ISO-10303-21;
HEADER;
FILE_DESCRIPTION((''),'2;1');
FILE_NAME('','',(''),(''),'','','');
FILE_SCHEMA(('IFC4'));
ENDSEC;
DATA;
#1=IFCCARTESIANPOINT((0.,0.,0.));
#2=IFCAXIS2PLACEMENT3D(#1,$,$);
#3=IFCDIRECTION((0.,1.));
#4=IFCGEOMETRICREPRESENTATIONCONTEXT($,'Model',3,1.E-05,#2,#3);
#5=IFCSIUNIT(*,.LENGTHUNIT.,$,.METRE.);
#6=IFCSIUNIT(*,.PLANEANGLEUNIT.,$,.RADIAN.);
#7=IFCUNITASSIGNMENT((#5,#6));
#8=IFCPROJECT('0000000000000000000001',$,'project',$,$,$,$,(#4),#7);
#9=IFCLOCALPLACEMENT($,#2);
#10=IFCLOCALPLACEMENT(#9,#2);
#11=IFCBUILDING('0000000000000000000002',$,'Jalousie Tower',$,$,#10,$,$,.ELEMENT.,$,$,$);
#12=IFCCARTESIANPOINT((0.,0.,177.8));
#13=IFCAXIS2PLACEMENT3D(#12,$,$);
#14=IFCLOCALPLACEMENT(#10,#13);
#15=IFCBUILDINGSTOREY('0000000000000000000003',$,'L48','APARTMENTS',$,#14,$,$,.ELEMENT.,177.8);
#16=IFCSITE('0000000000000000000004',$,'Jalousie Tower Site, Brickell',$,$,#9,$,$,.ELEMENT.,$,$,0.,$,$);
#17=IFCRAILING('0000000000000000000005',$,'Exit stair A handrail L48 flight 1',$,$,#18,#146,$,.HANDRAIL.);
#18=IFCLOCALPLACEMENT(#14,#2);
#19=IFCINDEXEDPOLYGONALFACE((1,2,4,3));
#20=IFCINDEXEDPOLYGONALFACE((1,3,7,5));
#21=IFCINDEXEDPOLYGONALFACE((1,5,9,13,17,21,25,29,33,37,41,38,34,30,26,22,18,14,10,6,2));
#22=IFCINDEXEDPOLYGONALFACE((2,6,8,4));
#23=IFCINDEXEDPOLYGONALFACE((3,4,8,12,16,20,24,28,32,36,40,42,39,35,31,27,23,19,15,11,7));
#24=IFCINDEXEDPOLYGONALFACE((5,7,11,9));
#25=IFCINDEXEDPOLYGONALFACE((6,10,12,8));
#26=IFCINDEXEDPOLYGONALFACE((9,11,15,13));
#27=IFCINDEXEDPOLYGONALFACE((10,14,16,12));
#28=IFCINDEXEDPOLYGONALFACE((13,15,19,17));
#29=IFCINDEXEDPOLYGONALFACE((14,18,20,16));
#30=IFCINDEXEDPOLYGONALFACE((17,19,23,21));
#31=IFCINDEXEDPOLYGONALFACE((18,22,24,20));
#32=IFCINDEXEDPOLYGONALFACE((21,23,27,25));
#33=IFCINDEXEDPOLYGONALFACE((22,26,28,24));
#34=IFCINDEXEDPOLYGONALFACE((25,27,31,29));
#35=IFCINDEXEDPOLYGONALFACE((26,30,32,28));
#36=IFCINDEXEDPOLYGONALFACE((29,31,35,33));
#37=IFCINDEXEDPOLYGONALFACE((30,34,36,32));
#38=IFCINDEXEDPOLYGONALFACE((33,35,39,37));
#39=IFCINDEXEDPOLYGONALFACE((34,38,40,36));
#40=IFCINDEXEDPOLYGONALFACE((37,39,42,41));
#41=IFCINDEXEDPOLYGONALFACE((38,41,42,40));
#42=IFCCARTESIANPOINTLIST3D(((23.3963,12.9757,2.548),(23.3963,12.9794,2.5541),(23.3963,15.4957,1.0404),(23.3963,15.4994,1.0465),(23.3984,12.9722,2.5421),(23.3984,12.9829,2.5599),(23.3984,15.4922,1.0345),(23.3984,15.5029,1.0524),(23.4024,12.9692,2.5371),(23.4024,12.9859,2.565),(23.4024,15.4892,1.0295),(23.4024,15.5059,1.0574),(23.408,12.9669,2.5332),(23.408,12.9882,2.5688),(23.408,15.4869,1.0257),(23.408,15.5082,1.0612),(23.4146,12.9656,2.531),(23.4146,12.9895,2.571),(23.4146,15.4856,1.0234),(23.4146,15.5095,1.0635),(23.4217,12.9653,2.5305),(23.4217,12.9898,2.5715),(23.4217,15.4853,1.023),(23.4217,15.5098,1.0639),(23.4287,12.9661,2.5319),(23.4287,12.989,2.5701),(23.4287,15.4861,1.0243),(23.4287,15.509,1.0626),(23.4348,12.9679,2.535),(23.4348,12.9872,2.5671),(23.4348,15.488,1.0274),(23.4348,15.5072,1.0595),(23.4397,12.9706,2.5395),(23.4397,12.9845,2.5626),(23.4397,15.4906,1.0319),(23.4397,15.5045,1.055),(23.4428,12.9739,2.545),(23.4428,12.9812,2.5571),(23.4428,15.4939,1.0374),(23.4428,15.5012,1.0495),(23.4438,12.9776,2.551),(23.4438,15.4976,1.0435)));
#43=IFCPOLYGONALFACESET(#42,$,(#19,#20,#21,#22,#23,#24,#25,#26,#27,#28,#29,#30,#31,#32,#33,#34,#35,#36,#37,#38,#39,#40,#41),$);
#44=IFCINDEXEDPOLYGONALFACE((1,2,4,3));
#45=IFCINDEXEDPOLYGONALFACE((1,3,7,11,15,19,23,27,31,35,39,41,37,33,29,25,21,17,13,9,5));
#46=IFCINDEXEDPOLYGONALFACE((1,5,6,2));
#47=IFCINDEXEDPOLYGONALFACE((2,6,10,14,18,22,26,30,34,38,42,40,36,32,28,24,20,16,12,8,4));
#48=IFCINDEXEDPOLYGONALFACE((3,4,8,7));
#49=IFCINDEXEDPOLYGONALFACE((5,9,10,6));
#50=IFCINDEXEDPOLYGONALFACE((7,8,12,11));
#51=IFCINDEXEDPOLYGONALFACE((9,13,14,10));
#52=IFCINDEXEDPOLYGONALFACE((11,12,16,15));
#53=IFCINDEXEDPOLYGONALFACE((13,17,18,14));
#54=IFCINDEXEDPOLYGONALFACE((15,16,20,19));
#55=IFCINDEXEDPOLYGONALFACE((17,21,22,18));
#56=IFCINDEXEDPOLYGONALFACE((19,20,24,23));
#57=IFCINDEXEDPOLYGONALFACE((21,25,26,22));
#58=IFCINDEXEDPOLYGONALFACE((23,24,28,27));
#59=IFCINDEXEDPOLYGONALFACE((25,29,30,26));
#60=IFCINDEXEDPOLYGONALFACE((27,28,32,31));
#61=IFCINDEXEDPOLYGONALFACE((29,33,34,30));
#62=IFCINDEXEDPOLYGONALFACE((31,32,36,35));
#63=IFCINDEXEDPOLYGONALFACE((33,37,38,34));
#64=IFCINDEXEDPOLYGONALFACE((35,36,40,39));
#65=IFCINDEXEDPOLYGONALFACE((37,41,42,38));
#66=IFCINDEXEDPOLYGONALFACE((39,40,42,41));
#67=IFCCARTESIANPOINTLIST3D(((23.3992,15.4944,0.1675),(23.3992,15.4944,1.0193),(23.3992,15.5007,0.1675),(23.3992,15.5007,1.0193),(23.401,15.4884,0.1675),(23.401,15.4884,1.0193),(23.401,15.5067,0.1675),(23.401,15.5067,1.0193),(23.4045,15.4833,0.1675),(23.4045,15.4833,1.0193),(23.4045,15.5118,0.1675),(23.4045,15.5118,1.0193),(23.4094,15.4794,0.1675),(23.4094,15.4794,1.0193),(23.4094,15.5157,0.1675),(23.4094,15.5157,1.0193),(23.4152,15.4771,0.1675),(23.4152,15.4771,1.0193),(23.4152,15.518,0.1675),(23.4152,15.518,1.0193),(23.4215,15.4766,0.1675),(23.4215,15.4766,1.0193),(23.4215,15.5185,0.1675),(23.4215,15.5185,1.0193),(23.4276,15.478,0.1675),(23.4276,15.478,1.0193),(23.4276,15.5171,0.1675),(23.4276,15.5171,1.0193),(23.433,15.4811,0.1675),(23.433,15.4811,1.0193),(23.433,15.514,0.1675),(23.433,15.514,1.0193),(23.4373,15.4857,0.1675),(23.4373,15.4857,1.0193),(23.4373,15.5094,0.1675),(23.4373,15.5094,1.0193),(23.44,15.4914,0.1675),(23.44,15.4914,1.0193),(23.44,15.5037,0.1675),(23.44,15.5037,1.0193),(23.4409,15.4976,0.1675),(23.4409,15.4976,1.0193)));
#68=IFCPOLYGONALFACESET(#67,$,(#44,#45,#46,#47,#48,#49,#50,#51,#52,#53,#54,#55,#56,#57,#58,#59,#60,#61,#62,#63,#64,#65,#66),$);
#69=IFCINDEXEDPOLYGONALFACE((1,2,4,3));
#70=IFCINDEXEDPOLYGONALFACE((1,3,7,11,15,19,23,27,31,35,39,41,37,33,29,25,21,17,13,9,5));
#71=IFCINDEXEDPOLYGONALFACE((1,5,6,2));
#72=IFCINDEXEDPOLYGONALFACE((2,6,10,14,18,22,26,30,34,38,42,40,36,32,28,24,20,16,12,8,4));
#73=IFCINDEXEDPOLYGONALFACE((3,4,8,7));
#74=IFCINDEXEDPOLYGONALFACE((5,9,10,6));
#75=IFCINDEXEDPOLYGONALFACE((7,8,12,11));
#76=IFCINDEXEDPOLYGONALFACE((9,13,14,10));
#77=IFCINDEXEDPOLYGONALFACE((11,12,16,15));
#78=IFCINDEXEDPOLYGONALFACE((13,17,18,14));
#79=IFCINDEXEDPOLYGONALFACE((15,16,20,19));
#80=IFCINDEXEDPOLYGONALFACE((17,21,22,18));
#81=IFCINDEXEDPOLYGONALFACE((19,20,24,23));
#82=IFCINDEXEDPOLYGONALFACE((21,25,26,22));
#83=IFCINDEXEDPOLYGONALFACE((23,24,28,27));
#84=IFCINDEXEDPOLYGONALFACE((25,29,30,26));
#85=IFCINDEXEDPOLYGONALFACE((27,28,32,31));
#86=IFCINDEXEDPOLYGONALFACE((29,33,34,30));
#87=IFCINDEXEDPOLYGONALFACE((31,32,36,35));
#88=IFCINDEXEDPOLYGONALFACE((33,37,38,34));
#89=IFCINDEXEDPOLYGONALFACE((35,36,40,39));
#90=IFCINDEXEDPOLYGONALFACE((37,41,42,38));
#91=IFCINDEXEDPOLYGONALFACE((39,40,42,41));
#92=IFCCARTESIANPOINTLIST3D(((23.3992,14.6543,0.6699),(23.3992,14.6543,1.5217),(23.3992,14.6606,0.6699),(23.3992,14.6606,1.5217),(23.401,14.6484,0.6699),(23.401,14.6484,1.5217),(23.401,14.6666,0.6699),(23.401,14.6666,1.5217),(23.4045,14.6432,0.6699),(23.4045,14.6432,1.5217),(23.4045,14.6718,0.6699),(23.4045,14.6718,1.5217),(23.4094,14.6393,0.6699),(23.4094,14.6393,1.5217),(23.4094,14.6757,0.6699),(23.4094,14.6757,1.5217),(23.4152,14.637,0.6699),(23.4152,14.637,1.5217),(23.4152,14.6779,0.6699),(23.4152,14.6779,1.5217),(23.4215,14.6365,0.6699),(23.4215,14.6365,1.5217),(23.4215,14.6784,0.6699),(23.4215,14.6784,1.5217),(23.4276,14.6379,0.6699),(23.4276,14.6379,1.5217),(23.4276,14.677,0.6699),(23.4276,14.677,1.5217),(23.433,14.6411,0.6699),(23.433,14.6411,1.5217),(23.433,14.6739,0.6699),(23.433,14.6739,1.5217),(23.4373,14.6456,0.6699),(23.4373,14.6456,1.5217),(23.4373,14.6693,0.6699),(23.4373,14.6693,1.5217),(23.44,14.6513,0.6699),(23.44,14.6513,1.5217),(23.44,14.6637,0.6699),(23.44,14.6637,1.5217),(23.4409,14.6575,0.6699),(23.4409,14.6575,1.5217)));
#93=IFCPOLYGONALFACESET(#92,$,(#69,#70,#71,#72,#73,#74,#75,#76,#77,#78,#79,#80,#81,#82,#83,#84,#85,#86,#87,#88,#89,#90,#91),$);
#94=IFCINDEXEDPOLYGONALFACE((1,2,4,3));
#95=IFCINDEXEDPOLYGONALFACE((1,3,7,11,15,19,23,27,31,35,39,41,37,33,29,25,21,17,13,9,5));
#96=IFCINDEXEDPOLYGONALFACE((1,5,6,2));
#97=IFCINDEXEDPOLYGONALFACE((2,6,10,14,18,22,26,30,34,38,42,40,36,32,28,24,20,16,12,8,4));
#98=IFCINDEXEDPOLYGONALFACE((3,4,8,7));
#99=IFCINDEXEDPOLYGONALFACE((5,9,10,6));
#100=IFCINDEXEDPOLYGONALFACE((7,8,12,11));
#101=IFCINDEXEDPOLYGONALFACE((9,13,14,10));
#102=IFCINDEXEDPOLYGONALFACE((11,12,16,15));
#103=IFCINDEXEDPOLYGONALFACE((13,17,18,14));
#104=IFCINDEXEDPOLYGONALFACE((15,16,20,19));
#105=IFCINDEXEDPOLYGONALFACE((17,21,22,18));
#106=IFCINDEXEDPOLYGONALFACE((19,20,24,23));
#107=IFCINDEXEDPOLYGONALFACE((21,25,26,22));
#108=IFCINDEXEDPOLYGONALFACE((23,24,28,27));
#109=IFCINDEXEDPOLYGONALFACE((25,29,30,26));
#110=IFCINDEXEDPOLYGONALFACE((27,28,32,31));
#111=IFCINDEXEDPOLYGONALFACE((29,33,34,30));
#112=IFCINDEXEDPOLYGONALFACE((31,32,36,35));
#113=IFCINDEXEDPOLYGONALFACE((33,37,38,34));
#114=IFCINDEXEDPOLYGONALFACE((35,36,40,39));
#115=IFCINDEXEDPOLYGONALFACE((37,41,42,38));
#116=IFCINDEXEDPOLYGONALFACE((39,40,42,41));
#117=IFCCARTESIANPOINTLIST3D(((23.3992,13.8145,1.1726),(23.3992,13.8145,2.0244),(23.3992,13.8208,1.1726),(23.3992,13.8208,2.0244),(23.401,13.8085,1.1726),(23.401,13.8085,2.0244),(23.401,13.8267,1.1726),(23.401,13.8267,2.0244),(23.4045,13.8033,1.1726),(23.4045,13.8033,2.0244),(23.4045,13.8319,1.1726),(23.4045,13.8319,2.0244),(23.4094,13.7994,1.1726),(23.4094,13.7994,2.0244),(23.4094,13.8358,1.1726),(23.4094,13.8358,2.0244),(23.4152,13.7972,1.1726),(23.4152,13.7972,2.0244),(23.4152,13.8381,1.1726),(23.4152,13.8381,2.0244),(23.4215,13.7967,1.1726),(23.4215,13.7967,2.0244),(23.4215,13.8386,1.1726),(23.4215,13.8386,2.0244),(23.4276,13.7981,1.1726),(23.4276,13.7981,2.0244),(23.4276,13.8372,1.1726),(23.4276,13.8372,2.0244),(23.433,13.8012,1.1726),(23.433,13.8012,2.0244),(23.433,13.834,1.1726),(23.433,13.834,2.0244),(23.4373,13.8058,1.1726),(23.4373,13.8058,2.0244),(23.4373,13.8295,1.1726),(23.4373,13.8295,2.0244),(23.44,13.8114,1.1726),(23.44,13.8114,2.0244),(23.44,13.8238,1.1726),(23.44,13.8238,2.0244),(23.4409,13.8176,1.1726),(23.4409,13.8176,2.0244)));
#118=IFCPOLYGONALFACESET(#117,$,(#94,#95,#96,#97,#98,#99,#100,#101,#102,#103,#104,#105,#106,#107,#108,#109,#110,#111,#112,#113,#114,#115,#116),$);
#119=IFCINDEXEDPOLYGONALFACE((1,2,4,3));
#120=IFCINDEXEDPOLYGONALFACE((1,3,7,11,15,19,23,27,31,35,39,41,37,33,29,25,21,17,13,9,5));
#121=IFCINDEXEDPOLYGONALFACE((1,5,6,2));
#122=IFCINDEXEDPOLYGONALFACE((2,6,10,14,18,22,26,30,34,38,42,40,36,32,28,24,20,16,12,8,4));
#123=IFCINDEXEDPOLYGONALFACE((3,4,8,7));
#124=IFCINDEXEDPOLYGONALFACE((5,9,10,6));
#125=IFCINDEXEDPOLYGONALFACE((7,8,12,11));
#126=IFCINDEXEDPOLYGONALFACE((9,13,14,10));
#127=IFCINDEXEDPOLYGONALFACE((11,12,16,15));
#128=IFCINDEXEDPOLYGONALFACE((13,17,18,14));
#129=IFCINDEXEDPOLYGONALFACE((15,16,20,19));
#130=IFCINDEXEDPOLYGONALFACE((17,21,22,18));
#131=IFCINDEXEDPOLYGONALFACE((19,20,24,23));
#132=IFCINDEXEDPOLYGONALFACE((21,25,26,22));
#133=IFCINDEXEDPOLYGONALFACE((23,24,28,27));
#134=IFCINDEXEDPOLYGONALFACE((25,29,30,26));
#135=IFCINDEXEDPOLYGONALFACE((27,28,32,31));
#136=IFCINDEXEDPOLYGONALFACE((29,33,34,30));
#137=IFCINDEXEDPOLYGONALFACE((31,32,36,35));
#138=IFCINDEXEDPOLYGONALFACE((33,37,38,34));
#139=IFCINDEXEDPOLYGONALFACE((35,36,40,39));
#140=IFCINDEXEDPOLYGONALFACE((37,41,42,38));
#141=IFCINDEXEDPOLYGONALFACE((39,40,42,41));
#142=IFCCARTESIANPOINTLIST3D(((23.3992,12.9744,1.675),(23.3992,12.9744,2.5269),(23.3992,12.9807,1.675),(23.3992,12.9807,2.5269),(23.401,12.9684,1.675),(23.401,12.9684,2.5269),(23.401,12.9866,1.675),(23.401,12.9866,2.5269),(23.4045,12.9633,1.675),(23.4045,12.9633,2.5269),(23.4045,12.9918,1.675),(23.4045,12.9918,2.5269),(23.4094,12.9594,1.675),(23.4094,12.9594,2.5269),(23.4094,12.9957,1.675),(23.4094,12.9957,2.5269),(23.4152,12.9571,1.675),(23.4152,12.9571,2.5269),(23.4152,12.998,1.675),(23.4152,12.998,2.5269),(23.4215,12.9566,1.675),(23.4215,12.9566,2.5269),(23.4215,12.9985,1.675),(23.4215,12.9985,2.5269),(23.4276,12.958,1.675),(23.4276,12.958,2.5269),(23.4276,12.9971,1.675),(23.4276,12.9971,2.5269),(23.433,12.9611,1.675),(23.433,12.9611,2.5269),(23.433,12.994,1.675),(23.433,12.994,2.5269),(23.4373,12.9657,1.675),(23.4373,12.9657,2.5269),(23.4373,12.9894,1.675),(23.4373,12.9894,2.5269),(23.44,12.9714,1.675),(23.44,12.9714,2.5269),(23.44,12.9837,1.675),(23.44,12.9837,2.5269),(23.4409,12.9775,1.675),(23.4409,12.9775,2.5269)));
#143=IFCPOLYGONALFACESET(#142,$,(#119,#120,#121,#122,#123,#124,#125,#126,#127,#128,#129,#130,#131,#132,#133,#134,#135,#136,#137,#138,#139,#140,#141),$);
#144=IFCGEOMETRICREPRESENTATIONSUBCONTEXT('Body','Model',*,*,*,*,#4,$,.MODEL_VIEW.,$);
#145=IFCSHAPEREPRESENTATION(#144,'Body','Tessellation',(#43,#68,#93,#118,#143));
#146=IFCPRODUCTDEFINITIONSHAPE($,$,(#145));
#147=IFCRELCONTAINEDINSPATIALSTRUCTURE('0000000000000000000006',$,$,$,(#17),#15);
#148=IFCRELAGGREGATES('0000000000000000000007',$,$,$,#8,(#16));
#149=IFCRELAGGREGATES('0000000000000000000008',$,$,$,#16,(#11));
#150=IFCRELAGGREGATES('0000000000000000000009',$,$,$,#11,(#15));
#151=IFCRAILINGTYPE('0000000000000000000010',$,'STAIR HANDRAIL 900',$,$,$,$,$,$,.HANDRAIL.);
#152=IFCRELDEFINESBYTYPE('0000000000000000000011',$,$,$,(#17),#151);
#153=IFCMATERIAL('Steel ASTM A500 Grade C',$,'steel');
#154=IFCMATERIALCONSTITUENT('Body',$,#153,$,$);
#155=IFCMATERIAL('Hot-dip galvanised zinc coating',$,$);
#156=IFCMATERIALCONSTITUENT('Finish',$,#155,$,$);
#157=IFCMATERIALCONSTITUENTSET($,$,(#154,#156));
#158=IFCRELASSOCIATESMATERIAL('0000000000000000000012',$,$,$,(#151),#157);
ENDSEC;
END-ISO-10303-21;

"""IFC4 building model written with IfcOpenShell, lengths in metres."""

from ifc_helpers import new_model, si_unit, direction, frame, origin, origin_2d, place, context, subcontext, project, spatial, circle, extrude, material, constituent, constituent_set, type_object, element, save


model = new_model("IFC4")

# Units and contexts
model_context = context("Model", 3, precision=1e-05, world=origin(), true_north=direction((0.0, 1.0)))
body_context = subcontext(model_context, "Body", "Model", "MODEL_VIEW")
ifc_project = project(units=[si_unit("LENGTHUNIT", "METRE"), si_unit("PLANEANGLEUNIT", "RADIAN")], contexts=[model_context])

# Site, building, storey
site_placement = place(None, origin())
site = spatial("IfcSite", under=ifc_project, at=site_placement, Name="Jalousie Tower Site, Brickell", CompositionType="ELEMENT", RefElevation=0.0)
building_placement = place(site_placement, origin())
building = spatial("IfcBuilding", under=site, at=building_placement, Name="Jalousie Tower", CompositionType="ELEMENT")
storey_placement = place(building_placement, frame((0.0, 0.0, 177.8)))
storey = spatial("IfcBuildingStorey", under=building, at=storey_placement, Name="L48", Description="APARTMENTS", CompositionType="ELEMENT", Elevation=177.8)

# Railing
ifc_material_1 = material(Name="Steel ASTM A500 Grade C", Category="steel")
ifc_constituent_1 = constituent(ifc_material_1, Name="Body")
ifc_material_2 = material(Name="Hot-dip galvanised zinc coating")
ifc_constituent_2 = constituent(ifc_material_2, Name="Finish")
ifc_constituent_set_1 = constituent_set(constituents=[ifc_constituent_1, ifc_constituent_2])
railing_type_1 = type_object("IfcRailingType", Name="STAIR HANDRAIL 900", PredefinedType="HANDRAIL", material=ifc_constituent_set_1)
railing_1_placement = place(storey_placement, frame((23.4199, 15.4976, 0.1675)))
element("IfcRailing", 1, at=railing_1_placement, inside=storey, type_object=railing_type_1, Name="Exit stair A handrail L48 flight 1", PredefinedType="HANDRAIL", context=body_context, shape_type="SweptSolid", body=[
    extrude(circle(Radius=0.0239, at=origin_2d()), frame((0.0, 0.0, 0.876), z_axis=(0.0, -0.85816, 0.513383), x_axis=(1.0, 0.0, 0.0)), (0.0, 0.0, 1.0), 2.9365),
    extrude(circle(Radius=0.021, at=origin_2d()), origin(), (0.0, 0.0, 1.0), 0.8518),
    extrude(circle(Radius=0.021, at=origin_2d()), frame((0.0, -0.8401, 0.5024)), (0.0, 0.0, 1.0), 0.8518),
    extrude(circle(Radius=0.021, at=origin_2d()), frame((0.0, -1.6799, 1.0051)), (0.0, 0.0, 1.0), 0.8518),
    extrude(circle(Radius=0.021, at=origin_2d()), frame((0.0, -2.52, 1.5076)), (0.0, 0.0, 1.0), 0.8518),
])

save(model, "model.ifc")
